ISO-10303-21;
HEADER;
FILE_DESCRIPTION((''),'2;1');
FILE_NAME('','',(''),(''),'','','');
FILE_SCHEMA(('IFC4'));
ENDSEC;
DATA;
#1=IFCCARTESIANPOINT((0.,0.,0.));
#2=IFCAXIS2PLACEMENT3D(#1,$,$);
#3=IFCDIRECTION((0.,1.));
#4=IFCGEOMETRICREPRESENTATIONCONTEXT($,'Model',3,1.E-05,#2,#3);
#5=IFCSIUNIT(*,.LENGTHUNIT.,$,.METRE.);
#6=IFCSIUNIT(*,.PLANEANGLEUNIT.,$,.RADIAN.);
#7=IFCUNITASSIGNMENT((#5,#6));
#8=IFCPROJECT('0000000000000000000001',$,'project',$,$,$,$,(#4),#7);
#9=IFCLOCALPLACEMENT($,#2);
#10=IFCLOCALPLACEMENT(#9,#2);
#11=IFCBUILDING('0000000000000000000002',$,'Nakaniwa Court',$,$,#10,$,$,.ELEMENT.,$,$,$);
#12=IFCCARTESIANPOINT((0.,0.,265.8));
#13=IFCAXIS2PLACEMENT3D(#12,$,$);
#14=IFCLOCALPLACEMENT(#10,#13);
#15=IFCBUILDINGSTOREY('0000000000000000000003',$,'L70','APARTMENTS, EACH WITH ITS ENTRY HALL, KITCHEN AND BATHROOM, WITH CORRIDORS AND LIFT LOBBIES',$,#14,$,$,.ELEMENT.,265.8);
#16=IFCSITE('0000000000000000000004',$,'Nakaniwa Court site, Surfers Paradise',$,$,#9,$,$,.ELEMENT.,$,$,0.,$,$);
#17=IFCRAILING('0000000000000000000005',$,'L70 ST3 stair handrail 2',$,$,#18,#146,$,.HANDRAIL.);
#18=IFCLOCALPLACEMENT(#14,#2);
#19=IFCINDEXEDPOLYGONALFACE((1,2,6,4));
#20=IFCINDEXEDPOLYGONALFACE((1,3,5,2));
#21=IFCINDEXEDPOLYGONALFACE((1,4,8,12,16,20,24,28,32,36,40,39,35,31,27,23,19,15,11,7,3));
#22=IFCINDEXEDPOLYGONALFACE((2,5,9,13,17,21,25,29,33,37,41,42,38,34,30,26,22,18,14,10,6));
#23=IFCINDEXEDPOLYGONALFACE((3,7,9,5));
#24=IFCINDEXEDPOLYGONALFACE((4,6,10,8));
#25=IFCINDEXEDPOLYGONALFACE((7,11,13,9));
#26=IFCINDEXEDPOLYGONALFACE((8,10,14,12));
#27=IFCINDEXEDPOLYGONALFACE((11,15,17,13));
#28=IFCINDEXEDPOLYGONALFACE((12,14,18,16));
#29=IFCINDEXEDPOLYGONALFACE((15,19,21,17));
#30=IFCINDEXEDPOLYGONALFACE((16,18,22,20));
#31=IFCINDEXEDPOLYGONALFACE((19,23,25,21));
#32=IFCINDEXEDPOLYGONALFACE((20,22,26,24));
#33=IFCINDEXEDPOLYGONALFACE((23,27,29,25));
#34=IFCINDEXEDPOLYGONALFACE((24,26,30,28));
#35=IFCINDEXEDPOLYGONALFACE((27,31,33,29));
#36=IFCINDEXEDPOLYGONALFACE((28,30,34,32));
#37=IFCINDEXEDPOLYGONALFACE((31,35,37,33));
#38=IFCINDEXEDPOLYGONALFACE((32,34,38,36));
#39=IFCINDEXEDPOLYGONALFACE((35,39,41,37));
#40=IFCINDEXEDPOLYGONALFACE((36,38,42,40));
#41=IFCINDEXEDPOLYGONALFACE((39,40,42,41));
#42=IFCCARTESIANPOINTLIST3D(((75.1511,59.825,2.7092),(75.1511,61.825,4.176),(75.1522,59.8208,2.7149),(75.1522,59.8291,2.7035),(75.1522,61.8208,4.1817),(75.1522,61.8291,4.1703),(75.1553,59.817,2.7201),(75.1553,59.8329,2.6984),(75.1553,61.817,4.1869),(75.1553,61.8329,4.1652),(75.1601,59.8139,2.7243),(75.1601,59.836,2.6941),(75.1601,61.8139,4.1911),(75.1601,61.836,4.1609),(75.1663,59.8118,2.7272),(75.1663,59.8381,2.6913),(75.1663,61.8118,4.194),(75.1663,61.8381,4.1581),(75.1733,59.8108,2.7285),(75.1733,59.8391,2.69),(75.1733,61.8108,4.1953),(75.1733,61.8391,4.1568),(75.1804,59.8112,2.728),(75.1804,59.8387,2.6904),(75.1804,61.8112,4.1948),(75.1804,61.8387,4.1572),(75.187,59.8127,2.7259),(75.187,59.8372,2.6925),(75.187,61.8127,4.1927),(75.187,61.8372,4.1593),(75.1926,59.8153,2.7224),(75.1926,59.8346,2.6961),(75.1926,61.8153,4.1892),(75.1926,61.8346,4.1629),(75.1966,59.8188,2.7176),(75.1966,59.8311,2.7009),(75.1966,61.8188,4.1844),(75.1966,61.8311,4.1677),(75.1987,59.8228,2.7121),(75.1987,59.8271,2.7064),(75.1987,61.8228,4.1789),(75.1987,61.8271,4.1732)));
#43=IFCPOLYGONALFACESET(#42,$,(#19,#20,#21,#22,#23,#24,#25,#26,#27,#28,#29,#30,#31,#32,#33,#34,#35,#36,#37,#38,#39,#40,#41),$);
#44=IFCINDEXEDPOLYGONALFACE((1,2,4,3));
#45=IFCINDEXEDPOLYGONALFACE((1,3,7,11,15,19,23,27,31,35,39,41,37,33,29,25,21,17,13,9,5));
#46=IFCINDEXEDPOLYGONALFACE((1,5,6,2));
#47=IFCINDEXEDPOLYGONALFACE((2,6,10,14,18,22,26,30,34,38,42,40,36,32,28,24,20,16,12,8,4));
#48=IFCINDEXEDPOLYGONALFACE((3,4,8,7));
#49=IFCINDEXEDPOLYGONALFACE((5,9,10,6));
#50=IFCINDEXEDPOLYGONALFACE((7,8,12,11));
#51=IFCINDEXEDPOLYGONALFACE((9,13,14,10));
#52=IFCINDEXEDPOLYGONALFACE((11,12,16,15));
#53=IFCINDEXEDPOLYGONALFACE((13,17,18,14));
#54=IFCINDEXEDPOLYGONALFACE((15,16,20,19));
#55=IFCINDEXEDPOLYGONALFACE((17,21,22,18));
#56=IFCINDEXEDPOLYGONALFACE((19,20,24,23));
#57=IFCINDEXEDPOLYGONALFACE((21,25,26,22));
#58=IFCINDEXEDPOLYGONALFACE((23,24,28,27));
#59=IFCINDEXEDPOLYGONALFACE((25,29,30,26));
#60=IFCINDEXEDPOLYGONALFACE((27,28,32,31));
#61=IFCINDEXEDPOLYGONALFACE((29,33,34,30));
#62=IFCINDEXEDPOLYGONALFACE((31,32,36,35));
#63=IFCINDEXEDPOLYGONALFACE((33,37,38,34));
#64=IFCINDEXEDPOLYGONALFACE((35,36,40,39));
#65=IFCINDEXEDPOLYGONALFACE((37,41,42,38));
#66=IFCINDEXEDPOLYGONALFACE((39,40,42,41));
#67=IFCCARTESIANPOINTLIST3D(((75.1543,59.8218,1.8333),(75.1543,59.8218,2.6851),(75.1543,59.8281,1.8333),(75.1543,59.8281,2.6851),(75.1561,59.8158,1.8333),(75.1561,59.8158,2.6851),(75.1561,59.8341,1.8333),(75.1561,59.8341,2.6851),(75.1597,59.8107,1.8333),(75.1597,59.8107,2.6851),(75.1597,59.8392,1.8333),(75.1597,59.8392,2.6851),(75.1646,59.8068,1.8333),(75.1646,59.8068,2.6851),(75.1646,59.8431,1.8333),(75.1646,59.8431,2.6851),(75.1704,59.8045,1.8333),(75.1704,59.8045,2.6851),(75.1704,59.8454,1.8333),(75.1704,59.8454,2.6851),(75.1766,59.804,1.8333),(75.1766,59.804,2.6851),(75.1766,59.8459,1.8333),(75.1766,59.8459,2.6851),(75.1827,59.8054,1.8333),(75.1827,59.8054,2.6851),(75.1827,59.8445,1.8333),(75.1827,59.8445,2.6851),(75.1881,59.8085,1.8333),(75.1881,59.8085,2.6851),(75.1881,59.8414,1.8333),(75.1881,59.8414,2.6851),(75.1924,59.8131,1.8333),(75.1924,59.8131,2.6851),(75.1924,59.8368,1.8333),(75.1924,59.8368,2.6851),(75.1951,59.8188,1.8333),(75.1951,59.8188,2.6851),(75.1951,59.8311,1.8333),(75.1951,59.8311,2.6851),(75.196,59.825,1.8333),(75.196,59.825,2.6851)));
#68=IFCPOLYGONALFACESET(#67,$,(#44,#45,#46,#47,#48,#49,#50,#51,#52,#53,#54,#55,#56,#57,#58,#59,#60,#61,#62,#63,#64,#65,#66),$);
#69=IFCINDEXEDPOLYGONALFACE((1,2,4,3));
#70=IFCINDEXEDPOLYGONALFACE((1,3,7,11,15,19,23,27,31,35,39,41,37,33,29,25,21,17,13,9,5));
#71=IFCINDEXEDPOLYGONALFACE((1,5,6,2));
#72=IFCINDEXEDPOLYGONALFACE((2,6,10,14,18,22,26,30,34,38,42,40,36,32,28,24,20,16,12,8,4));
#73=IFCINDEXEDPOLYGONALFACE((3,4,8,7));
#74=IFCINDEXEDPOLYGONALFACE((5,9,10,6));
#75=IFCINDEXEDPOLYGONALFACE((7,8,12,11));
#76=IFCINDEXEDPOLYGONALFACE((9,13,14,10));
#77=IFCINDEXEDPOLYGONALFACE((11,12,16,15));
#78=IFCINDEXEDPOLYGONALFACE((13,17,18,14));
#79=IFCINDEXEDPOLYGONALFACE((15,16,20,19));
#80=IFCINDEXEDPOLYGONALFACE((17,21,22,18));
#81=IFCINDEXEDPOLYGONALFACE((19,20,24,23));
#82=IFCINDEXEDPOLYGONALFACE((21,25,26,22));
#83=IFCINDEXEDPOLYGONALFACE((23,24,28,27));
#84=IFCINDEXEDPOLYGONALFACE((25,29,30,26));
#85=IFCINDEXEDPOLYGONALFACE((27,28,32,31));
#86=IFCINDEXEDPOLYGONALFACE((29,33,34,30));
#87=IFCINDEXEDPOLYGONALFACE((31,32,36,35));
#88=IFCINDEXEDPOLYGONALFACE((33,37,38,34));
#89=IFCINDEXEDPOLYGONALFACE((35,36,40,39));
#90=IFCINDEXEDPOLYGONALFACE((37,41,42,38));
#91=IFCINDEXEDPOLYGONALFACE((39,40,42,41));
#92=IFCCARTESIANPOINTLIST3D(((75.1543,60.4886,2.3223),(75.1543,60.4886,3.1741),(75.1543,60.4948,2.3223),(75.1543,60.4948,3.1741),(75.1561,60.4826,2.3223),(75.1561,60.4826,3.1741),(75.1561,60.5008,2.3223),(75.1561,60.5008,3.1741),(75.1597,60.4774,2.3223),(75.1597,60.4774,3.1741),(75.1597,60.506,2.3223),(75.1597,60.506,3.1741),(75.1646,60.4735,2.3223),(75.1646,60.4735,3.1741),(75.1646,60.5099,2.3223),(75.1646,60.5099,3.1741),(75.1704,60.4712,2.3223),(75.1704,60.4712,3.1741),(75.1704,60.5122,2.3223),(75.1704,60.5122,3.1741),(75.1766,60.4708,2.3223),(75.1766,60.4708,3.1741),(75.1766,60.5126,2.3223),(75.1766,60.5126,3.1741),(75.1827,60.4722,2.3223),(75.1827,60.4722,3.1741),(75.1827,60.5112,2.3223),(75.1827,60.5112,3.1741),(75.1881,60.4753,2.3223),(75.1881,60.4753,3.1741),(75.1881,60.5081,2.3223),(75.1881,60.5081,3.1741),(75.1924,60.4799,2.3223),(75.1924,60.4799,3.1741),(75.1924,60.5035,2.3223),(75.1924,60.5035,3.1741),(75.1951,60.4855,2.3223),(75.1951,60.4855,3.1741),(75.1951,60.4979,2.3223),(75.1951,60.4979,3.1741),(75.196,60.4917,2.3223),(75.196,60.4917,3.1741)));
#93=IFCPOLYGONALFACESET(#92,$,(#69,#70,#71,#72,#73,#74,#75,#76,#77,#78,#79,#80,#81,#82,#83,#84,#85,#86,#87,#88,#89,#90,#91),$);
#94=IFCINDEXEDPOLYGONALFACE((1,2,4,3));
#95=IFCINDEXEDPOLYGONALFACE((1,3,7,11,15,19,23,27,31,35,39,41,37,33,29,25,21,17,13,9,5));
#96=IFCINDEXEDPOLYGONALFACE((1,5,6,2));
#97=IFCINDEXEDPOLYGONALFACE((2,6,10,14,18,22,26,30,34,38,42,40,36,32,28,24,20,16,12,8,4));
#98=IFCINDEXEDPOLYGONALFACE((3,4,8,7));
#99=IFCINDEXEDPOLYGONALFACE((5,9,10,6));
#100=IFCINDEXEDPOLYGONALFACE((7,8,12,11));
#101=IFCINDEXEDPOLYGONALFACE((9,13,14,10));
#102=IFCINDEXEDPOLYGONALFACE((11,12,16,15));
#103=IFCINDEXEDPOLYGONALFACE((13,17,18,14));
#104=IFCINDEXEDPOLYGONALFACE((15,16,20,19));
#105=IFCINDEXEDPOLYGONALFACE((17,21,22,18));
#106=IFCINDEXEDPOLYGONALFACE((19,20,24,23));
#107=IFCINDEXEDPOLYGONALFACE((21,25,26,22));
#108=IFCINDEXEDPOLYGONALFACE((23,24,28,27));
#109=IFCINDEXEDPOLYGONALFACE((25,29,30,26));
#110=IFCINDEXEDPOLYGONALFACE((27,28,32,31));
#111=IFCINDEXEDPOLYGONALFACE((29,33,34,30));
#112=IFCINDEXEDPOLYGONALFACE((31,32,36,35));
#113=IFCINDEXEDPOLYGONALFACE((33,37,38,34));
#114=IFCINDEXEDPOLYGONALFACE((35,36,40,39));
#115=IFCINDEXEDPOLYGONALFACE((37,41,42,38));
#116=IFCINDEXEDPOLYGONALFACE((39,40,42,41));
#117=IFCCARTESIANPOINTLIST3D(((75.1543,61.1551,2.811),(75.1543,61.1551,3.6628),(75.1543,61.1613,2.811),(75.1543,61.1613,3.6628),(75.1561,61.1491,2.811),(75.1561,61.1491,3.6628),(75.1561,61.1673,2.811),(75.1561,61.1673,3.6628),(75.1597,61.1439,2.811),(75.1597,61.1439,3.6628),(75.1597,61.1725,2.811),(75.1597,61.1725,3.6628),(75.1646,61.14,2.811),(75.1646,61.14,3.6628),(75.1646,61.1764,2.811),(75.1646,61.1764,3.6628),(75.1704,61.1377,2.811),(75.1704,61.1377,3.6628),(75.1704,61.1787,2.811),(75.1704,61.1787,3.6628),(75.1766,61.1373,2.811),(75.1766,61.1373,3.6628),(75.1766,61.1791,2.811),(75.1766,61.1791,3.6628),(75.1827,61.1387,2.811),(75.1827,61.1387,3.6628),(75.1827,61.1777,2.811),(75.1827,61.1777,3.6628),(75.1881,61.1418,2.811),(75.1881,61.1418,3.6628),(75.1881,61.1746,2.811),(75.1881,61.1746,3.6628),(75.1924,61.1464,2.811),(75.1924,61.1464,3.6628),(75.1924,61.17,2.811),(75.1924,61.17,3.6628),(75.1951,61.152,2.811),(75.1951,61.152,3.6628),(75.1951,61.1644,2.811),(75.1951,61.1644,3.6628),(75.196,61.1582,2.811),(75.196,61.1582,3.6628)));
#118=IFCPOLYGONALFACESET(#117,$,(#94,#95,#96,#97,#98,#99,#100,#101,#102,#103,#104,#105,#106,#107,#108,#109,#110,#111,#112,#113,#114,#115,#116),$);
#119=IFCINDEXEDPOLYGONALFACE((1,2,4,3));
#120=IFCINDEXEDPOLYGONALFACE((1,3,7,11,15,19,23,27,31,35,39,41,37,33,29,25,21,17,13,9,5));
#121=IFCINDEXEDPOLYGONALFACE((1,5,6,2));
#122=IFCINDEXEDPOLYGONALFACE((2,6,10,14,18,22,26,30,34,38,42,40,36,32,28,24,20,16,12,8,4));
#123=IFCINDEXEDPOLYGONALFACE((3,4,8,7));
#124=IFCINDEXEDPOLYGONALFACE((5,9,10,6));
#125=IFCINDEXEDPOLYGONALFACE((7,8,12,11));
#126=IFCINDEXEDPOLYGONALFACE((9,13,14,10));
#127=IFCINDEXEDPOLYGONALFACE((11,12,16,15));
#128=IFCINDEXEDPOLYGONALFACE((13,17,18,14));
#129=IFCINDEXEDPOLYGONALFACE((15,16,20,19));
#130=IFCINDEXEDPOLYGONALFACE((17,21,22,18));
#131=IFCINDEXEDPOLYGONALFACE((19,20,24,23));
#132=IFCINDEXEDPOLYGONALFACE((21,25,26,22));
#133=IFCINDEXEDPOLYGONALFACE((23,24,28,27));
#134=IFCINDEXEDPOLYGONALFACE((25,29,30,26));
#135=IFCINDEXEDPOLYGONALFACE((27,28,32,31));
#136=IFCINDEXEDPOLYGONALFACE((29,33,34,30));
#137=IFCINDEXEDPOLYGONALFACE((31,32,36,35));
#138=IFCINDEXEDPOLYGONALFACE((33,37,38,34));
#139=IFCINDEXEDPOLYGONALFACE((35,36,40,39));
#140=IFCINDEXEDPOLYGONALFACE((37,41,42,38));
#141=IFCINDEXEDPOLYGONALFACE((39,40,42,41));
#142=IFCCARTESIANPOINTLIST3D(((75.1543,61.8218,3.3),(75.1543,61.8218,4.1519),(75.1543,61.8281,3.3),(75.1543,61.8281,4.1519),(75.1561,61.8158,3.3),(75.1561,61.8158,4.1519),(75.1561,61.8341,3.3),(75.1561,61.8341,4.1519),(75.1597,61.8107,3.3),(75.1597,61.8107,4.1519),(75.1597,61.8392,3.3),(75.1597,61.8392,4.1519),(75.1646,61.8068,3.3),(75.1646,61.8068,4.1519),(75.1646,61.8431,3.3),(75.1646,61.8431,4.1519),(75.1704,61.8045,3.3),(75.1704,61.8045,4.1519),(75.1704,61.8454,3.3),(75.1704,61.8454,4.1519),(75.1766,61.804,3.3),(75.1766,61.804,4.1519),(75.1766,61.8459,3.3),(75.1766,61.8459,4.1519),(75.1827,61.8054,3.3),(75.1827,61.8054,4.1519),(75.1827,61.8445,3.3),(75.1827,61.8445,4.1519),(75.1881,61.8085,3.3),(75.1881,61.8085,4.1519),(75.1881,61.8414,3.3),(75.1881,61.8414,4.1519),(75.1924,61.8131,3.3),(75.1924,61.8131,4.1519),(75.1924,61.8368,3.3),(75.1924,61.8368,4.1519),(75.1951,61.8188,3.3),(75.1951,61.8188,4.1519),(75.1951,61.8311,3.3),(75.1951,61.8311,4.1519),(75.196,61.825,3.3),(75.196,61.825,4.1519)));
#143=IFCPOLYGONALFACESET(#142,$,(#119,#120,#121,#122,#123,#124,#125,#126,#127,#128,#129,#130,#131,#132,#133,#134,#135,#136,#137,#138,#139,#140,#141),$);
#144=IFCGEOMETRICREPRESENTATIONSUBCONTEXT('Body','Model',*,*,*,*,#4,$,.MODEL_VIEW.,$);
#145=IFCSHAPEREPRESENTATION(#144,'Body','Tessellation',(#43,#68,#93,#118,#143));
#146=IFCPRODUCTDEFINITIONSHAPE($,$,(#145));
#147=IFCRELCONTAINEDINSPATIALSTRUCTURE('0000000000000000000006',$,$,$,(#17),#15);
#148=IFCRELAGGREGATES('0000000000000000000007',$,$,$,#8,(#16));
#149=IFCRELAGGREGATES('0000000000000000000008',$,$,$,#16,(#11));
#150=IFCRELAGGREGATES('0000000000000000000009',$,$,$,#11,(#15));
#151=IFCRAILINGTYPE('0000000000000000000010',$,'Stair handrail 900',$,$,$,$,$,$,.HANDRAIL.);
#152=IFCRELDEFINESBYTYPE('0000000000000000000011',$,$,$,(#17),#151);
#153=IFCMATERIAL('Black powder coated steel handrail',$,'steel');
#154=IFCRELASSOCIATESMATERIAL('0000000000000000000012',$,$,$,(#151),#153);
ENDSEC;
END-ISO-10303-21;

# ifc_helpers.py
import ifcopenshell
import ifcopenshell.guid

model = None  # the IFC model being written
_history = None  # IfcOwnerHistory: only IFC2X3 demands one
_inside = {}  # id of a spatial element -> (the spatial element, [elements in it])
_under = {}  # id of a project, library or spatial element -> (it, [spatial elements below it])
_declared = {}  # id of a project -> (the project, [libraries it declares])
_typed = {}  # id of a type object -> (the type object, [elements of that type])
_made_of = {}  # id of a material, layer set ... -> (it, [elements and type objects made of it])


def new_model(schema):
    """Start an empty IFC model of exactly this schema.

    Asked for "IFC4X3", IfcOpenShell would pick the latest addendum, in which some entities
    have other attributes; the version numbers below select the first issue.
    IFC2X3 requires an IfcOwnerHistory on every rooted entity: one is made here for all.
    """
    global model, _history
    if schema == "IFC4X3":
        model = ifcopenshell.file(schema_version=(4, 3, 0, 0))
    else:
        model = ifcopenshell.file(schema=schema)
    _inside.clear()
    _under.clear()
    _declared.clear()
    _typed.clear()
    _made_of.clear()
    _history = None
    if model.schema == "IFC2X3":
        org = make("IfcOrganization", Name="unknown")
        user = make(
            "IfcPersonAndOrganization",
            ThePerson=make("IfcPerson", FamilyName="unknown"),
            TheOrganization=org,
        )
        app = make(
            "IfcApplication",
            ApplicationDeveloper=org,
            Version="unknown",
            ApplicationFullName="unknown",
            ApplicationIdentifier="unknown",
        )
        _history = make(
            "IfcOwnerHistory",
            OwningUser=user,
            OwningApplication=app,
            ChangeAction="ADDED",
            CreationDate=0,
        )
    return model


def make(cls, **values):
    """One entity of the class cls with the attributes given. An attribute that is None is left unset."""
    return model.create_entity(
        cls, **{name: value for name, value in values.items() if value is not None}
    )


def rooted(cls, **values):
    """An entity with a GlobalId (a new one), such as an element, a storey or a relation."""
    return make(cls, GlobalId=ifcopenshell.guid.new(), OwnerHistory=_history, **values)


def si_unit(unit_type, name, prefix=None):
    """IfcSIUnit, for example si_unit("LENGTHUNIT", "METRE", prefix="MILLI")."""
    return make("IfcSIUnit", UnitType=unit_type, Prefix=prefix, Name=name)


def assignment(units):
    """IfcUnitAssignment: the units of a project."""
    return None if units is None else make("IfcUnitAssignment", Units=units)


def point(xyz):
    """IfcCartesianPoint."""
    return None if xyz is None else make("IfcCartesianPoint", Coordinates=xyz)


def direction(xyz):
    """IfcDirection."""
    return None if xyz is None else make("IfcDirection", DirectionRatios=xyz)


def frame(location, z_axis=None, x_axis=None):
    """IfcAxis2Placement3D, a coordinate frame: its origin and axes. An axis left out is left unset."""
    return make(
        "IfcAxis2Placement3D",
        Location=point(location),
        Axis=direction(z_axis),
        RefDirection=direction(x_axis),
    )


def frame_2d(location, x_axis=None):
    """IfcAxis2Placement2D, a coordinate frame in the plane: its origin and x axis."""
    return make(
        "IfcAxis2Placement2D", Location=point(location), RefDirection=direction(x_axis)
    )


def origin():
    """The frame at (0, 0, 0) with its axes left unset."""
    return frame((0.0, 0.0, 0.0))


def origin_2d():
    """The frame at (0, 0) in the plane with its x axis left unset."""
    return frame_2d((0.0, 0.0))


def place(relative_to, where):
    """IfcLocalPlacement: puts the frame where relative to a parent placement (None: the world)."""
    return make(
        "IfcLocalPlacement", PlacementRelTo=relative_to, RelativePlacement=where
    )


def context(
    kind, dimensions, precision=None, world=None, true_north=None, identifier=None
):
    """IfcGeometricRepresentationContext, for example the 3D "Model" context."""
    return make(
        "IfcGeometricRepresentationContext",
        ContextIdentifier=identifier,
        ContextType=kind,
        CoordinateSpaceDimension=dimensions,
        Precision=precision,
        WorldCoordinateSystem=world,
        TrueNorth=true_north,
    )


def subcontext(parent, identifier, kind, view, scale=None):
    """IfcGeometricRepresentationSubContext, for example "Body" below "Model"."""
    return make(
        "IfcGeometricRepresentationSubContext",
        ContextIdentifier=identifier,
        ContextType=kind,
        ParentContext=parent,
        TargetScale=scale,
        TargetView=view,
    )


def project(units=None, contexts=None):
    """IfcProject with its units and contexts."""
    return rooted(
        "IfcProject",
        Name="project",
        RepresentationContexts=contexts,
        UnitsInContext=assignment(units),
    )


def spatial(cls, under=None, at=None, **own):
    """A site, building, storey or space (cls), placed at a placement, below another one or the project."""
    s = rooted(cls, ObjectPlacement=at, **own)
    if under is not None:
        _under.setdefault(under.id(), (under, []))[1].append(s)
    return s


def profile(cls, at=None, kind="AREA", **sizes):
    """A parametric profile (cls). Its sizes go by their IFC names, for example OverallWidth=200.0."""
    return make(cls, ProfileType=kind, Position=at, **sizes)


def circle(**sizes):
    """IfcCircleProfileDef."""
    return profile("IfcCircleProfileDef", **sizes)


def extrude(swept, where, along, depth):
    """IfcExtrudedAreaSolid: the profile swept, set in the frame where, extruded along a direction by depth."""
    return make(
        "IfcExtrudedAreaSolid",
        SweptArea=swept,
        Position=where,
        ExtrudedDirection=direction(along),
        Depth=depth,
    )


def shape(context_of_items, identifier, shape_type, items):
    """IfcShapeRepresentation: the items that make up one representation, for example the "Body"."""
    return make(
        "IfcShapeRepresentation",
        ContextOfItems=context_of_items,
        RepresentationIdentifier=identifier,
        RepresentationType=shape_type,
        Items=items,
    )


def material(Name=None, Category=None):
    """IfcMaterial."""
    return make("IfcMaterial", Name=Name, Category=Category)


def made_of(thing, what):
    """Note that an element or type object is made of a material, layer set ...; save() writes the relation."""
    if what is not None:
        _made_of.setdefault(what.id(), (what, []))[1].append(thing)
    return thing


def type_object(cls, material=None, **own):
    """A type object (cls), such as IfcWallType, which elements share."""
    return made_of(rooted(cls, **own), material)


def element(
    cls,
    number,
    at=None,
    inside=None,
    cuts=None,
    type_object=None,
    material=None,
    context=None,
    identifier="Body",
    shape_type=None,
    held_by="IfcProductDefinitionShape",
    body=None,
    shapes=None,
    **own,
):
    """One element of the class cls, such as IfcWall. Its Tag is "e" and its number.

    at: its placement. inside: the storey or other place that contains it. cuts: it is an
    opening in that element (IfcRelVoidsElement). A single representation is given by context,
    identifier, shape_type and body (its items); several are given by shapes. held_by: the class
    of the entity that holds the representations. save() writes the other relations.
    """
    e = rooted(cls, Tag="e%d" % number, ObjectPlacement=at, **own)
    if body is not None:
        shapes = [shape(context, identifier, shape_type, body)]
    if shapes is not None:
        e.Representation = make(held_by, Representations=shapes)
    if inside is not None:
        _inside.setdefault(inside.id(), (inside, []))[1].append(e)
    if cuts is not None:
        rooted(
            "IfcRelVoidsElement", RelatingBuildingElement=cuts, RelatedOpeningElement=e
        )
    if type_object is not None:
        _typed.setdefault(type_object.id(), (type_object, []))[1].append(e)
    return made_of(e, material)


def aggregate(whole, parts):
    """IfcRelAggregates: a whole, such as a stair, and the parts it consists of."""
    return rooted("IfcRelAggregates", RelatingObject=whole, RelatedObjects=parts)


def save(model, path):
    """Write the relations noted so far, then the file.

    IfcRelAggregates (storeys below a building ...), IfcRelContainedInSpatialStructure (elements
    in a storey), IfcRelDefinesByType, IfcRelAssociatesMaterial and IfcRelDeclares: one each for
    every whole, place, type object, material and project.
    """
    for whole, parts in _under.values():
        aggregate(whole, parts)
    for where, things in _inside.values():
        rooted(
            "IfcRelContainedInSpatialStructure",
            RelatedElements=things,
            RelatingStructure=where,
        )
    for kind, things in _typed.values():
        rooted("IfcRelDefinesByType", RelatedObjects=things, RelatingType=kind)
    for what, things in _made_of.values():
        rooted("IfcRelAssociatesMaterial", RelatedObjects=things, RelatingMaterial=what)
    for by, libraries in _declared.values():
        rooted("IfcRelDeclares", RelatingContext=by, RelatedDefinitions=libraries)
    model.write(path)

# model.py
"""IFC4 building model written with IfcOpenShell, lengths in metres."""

from ifc_helpers import new_model, si_unit, direction, frame, origin, origin_2d, place, context, subcontext, project, spatial, circle, extrude, material, type_object, element, save


model = new_model("IFC4")

# Units and contexts
model_context = context("Model", 3, precision=1e-05, world=origin(), true_north=direction((0.0, 1.0)))
body_context = subcontext(model_context, "Body", "Model", "MODEL_VIEW")
ifc_project = project(units=[si_unit("LENGTHUNIT", "METRE"), si_unit("PLANEANGLEUNIT", "RADIAN")], contexts=[model_context])

# Site, building, storey
site_placement = place(None, origin())
site = spatial("IfcSite", under=ifc_project, at=site_placement, Name="Nakaniwa Court site, Surfers Paradise", CompositionType="ELEMENT", RefElevation=0.0)
building_placement = place(site_placement, origin())
building = spatial("IfcBuilding", under=site, at=building_placement, Name="Nakaniwa Court", CompositionType="ELEMENT")
storey_placement = place(building_placement, frame((0.0, 0.0, 265.8)))
storey = spatial("IfcBuildingStorey", under=building, at=storey_placement, Name="L70", Description="APARTMENTS, EACH WITH ITS ENTRY HALL, KITCHEN AND BATHROOM, WITH CORRIDORS AND LIFT LOBBIES", CompositionType="ELEMENT", Elevation=265.8)

# Railing
ifc_material_1 = material(Name="Black powder coated steel handrail", Category="steel")
railing_type_1 = type_object("IfcRailingType", Name="Stair handrail 900", PredefinedType="HANDRAIL", material=ifc_material_1)
railing_1_placement = place(storey_placement, frame((75.175, 59.825, 1.8333)))
element("IfcRailing", 1, at=railing_1_placement, inside=storey, type_object=railing_type_1, Name="L70 ST3 stair handrail 2", PredefinedType="HANDRAIL", context=body_context, shape_type="SweptSolid", body=[
    extrude(circle(Radius=0.0239, at=origin_2d()), frame((0.0, 0.0, 0.876), z_axis=(0.0, 0.80638, 0.591398), x_axis=(-1.0, 0.0, 0.0)), (0.0, 0.0, 1.0), 2.4802),
    extrude(circle(Radius=0.021, at=origin_2d()), origin(), (0.0, 0.0, 1.0), 0.8518),
    extrude(circle(Radius=0.021, at=origin_2d()), frame((0.0, 0.6667, 0.489)), (0.0, 0.0, 1.0), 0.8518),
    extrude(circle(Radius=0.021, at=origin_2d()), frame((0.0, 1.3333, 0.9778)), (0.0, 0.0, 1.0), 0.8518),
    extrude(circle(Radius=0.021, at=origin_2d()), frame((0.0, 2.0, 1.4668)), (0.0, 0.0, 1.0), 0.8518),
])

save(model, "model.ifc")
